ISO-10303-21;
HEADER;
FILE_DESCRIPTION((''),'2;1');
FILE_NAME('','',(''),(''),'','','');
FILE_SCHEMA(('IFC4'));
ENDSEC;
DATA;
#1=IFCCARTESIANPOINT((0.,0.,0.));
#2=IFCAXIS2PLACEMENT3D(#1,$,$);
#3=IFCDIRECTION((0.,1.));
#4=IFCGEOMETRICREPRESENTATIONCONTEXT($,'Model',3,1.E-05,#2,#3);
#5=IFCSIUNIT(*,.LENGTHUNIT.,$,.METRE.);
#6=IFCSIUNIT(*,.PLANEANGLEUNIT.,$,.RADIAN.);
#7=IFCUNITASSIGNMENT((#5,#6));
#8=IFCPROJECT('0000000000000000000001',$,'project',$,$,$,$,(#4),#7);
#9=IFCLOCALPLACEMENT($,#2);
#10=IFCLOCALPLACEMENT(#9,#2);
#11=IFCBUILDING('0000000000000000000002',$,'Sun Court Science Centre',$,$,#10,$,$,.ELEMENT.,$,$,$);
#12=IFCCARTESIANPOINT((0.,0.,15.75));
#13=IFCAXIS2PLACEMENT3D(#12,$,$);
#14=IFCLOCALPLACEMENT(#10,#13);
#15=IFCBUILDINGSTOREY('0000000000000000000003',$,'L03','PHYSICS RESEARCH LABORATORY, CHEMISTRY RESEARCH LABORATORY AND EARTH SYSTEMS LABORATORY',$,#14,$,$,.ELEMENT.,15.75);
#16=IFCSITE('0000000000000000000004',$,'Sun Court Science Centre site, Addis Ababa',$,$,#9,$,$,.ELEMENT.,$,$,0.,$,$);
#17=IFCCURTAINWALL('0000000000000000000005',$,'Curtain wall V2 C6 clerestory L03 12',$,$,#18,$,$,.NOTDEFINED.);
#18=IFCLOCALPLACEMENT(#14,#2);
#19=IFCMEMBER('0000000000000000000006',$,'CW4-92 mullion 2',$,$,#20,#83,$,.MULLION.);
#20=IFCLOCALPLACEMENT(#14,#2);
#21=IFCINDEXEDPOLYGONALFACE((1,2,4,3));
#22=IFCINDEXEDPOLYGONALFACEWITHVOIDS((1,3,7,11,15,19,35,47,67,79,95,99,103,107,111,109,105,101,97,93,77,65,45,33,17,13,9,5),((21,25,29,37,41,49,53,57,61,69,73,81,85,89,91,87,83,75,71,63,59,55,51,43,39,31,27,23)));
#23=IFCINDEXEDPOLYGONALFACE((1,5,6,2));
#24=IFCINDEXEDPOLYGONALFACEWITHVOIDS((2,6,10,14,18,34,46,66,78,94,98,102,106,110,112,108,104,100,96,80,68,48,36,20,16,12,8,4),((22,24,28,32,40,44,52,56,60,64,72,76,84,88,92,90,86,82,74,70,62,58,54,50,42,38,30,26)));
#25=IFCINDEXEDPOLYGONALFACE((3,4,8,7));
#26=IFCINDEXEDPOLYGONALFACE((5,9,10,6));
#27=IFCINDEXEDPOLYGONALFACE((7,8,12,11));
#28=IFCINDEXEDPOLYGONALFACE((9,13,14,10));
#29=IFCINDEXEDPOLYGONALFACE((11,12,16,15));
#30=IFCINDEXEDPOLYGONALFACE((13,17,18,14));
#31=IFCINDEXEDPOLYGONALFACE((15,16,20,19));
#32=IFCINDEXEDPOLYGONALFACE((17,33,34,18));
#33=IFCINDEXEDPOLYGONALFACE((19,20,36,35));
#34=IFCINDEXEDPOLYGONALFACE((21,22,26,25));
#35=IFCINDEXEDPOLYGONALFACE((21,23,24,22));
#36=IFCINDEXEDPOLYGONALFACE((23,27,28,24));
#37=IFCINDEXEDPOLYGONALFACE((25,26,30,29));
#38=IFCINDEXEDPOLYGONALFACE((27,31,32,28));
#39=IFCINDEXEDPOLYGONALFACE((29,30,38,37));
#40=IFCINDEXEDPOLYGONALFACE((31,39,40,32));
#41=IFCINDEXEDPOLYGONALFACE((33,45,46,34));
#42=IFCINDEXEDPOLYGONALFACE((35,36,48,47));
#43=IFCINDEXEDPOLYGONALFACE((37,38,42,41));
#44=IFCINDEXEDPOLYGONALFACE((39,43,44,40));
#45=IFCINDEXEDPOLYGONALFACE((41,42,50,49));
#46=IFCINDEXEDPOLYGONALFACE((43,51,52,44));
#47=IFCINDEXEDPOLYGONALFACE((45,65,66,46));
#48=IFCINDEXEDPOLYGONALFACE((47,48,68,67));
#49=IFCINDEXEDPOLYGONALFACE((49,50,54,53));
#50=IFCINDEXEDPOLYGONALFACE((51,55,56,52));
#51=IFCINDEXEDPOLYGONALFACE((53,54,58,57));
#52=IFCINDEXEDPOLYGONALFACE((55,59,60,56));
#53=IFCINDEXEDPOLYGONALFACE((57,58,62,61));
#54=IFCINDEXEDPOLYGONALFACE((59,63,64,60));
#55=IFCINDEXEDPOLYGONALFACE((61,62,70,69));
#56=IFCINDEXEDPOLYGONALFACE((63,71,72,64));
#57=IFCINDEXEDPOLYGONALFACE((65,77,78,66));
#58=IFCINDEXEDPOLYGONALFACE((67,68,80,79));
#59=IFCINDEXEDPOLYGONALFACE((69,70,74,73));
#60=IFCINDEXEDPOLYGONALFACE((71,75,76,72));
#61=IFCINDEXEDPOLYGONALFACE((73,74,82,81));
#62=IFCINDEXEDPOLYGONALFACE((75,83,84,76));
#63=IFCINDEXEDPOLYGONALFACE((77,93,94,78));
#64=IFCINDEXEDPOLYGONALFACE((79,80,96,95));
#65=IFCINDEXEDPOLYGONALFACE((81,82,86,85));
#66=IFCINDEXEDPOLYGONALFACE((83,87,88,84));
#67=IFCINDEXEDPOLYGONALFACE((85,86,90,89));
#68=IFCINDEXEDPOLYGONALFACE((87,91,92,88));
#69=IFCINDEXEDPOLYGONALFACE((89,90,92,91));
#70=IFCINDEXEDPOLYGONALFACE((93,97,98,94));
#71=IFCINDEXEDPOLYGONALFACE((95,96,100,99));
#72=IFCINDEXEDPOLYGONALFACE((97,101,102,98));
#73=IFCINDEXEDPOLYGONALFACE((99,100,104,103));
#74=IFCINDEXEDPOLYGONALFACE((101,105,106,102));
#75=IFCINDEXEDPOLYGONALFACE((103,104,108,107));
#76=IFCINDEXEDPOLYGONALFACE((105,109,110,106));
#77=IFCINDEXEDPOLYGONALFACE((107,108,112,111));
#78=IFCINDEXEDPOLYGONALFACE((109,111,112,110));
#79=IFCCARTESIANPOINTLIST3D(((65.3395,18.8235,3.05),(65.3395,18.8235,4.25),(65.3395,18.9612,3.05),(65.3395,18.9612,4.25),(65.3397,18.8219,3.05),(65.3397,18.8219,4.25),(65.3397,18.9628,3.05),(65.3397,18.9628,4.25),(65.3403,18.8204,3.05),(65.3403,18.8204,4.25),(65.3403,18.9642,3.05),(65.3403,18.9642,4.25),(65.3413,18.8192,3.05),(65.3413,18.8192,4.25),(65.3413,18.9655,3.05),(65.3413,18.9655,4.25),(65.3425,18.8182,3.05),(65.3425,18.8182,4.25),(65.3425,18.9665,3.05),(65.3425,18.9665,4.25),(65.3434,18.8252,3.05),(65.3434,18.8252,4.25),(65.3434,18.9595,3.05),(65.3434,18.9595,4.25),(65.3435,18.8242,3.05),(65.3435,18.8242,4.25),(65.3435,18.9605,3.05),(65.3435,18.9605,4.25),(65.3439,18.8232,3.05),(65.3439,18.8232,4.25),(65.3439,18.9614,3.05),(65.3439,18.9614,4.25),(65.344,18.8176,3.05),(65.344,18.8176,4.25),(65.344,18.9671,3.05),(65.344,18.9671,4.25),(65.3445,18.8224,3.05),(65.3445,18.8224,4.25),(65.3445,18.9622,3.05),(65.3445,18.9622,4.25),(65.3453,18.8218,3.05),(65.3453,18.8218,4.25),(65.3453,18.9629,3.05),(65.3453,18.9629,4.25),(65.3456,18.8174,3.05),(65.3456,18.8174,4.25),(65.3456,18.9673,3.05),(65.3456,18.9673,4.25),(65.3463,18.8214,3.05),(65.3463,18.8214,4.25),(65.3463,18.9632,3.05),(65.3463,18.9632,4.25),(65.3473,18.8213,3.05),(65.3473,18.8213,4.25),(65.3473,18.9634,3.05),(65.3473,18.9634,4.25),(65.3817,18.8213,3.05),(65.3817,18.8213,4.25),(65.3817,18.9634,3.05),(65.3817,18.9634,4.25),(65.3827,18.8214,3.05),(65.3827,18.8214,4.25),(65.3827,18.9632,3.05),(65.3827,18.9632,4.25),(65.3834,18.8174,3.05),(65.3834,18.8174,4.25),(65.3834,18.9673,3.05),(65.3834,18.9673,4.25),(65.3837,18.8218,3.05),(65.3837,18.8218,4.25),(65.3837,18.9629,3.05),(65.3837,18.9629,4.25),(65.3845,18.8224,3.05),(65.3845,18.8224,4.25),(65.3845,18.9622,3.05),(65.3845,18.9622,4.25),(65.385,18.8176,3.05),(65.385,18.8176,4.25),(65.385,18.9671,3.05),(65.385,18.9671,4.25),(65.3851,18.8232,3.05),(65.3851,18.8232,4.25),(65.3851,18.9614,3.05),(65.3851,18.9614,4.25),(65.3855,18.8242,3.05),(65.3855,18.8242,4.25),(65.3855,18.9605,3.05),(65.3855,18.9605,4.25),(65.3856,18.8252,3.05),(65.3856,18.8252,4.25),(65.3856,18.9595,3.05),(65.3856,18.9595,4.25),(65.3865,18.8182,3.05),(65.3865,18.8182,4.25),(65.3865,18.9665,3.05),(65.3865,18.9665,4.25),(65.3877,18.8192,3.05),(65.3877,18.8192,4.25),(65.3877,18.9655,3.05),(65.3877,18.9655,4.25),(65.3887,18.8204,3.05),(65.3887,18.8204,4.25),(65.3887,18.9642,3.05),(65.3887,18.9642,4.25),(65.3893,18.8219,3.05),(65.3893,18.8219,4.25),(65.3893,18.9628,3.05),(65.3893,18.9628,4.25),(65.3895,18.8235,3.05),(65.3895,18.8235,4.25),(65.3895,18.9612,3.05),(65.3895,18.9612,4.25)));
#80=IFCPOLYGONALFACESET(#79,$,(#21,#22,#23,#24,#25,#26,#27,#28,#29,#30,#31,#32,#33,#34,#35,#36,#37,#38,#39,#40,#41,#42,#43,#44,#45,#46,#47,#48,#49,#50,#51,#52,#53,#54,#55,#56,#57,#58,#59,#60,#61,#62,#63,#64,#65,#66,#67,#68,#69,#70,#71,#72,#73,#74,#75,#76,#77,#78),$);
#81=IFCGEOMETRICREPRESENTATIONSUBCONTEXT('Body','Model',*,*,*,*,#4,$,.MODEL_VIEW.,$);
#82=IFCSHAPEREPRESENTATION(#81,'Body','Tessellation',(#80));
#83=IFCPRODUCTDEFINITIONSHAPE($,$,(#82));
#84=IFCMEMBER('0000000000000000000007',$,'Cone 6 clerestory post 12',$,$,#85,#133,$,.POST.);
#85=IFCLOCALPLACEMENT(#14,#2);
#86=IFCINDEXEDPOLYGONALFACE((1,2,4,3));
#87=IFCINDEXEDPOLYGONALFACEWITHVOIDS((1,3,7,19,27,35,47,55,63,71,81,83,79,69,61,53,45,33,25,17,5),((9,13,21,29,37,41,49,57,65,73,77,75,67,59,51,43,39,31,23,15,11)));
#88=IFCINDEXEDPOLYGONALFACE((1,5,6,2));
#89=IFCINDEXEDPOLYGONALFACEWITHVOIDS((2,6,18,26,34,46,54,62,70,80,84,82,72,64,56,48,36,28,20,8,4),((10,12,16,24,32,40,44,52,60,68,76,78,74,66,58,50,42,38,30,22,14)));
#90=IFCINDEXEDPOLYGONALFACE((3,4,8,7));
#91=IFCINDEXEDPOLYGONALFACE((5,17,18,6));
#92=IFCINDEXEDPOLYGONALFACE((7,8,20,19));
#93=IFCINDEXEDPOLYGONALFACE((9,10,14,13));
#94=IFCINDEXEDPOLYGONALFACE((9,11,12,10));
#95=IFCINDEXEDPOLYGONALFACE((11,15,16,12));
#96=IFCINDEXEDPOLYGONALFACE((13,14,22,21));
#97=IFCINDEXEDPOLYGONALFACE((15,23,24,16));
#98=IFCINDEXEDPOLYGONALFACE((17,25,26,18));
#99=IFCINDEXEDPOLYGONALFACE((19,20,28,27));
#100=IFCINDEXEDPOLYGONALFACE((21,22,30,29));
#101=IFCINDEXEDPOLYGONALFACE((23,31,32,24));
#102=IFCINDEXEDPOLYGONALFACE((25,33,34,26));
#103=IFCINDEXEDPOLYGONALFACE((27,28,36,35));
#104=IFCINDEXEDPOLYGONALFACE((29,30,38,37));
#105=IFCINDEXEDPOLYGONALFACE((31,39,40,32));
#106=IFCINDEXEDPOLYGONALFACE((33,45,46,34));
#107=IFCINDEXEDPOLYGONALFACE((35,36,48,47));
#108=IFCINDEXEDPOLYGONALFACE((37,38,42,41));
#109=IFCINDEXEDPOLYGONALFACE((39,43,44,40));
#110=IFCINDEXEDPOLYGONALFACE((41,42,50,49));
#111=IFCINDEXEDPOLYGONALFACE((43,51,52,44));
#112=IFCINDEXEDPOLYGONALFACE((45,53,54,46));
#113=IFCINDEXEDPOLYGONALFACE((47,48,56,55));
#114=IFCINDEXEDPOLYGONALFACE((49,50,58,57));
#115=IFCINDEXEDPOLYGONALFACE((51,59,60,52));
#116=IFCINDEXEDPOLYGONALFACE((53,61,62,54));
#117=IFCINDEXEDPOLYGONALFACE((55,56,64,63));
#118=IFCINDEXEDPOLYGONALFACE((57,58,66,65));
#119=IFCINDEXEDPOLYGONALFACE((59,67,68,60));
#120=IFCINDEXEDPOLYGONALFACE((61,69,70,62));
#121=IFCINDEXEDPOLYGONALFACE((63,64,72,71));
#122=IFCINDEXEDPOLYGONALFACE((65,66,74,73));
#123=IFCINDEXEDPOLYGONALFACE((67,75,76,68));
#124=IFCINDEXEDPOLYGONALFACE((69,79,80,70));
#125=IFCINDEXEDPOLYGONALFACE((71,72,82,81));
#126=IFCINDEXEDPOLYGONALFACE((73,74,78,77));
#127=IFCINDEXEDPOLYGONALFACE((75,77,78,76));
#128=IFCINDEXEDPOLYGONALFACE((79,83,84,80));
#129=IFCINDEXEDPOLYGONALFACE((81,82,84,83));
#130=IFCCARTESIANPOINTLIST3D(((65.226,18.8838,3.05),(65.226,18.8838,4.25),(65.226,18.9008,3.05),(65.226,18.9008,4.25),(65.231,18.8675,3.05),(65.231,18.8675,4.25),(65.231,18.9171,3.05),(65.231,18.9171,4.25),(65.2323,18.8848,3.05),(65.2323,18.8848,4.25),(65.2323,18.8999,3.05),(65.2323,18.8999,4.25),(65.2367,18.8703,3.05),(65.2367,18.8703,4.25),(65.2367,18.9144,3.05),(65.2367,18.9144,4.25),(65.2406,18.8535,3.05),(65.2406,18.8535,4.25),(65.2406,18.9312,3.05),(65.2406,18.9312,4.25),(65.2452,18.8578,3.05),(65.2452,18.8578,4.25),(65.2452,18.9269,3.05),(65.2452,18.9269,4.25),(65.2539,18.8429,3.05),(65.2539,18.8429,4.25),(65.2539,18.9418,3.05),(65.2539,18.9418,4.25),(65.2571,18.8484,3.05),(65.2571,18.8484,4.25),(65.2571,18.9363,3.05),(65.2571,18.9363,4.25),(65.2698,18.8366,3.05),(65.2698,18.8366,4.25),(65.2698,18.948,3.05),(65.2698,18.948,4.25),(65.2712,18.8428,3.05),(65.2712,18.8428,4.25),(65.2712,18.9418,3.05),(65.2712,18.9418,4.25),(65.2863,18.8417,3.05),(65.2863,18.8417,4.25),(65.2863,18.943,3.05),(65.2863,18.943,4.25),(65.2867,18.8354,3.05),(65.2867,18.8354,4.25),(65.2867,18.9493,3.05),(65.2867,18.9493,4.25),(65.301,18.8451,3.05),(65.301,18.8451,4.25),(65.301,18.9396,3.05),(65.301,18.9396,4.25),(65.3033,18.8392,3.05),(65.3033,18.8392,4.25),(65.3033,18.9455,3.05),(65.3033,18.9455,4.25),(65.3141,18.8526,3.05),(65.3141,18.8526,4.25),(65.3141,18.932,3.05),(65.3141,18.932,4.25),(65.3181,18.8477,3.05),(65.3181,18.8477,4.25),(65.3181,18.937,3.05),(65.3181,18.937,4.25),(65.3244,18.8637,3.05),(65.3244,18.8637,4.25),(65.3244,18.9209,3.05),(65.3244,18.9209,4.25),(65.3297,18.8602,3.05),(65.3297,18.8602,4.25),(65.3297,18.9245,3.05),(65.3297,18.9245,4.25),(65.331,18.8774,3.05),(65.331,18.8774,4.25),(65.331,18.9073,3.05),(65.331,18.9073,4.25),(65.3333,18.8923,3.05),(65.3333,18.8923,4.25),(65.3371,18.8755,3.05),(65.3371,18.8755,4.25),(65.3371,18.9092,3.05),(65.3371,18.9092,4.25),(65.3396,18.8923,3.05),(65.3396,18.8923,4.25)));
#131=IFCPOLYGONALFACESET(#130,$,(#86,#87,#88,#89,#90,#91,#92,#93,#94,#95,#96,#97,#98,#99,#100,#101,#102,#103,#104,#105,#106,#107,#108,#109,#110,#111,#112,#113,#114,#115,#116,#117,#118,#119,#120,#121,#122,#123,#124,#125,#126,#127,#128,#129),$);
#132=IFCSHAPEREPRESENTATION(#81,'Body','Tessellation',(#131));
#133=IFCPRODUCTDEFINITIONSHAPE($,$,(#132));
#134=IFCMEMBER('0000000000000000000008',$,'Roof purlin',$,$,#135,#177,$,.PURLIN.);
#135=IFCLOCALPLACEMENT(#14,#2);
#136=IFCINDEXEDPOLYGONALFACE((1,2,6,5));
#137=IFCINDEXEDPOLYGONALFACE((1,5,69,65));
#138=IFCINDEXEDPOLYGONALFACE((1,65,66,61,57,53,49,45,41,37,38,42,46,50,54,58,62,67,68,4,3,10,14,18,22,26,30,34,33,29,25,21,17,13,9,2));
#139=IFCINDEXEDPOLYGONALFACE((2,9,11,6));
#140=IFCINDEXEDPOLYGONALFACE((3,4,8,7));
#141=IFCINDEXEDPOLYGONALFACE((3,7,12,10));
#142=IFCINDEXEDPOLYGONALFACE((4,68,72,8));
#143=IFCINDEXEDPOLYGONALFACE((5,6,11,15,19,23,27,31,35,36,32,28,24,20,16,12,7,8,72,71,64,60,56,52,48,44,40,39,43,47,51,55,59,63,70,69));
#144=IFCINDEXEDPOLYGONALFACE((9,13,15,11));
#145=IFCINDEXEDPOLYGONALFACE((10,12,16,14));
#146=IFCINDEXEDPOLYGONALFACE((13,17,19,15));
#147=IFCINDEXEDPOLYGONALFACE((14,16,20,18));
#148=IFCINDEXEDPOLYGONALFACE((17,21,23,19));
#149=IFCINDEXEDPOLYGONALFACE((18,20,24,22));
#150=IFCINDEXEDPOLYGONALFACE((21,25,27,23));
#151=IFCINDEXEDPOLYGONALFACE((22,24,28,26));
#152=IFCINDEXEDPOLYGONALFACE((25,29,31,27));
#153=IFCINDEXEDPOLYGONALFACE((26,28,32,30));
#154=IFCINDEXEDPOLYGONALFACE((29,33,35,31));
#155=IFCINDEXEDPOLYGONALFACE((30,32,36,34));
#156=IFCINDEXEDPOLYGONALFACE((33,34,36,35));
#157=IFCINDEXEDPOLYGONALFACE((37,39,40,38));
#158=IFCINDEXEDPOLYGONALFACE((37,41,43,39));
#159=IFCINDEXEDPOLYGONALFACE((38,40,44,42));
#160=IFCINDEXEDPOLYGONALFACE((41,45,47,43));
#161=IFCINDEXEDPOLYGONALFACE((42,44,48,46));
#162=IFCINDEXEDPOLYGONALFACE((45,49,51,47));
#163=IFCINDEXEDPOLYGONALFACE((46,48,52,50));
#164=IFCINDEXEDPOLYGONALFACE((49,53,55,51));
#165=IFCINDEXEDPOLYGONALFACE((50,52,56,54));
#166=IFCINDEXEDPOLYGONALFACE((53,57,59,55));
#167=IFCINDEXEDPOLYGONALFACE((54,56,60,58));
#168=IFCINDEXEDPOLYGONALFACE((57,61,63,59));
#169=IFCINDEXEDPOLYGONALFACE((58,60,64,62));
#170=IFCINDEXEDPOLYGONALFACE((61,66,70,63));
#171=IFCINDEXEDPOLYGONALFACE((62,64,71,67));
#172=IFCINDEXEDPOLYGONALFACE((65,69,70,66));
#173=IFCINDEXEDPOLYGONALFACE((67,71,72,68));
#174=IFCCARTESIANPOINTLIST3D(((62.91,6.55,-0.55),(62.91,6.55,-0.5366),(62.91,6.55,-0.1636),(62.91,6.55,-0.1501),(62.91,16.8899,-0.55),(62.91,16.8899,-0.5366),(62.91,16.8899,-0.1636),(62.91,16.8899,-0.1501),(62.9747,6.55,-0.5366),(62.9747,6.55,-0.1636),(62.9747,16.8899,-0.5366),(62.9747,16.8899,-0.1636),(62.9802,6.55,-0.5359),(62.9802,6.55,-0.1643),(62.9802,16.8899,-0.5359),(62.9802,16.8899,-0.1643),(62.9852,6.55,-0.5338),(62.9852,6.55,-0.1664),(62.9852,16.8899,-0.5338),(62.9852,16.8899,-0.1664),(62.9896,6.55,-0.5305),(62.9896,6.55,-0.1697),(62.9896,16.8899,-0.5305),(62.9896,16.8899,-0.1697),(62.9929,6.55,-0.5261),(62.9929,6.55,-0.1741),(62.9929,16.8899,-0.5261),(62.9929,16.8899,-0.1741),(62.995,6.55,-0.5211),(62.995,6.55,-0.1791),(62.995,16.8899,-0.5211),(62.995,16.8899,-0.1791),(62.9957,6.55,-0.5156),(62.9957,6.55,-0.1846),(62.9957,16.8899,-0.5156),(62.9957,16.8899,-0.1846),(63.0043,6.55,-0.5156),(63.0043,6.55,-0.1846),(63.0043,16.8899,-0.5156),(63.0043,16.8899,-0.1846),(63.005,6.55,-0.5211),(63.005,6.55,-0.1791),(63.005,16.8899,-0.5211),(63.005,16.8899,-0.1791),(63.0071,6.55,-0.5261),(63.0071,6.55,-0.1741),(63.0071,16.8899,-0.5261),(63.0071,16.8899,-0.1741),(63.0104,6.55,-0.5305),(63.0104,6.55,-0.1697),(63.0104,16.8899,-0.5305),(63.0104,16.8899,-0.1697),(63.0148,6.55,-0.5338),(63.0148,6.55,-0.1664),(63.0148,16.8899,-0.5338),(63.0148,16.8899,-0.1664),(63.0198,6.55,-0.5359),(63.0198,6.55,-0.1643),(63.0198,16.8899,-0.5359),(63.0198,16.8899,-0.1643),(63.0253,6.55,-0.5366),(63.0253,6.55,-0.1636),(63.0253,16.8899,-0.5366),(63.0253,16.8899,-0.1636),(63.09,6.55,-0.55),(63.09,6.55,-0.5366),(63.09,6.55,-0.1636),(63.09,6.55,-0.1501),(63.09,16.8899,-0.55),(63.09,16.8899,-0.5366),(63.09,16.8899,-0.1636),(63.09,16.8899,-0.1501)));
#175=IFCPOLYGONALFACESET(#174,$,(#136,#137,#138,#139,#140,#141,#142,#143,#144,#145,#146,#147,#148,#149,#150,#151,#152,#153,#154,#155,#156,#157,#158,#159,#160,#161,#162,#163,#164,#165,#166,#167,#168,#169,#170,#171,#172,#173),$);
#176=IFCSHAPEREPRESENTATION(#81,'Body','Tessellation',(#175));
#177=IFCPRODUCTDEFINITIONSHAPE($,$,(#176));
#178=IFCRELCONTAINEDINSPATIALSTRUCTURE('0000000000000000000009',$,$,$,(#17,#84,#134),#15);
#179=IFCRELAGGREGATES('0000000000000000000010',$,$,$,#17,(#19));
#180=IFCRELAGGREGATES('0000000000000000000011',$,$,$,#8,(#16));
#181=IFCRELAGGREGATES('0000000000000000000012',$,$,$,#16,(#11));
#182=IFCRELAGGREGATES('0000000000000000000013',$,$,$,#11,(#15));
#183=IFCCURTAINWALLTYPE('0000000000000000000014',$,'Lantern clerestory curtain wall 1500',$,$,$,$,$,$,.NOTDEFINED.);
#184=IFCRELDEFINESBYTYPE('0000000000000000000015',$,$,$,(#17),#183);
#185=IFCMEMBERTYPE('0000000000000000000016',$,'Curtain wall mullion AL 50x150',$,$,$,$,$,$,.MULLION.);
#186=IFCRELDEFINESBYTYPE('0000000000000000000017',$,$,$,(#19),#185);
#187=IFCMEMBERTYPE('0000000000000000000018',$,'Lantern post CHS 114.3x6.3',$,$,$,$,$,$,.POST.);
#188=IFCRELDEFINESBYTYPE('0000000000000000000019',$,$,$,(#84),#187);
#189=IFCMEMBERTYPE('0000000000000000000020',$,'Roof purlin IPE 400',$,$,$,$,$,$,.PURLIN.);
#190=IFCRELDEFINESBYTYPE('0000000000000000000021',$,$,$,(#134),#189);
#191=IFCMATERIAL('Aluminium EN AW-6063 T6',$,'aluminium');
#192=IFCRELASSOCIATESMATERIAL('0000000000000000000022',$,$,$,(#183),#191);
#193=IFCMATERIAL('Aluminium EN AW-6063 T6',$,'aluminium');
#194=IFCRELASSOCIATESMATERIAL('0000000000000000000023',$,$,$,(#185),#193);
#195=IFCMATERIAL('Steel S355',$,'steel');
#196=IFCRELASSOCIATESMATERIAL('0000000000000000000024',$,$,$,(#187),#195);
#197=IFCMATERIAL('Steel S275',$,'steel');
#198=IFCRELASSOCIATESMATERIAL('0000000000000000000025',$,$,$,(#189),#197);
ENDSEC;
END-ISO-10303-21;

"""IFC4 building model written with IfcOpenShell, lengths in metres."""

from ifc_helpers import new_model, si_unit, direction, frame, origin, origin_2d, place, context, subcontext, project, spatial, hollow_rectangle, hollow_circle, i_section, extrude, material, material_profile, profile_set, type_object, element, aggregate, save


model = new_model("IFC4")

# Units and contexts
model_context = context("Model", 3, precision=1e-05, world=origin(), true_north=direction((0.0, 1.0)))
body_context = subcontext(model_context, "Body", "Model", "MODEL_VIEW")
ifc_project = project(units=[si_unit("LENGTHUNIT", "METRE"), si_unit("PLANEANGLEUNIT", "RADIAN")], contexts=[model_context])

# Site, building, storey
site_placement = place(None, origin())
site = spatial("IfcSite", under=ifc_project, at=site_placement, Name="Sun Court Science Centre site, Addis Ababa", CompositionType="ELEMENT", RefElevation=0.0)
building_placement = place(site_placement, origin())
building = spatial("IfcBuilding", under=site, at=building_placement, Name="Sun Court Science Centre", CompositionType="ELEMENT")
storey_placement = place(building_placement, frame((0.0, 0.0, 15.75)))
storey = spatial("IfcBuildingStorey", under=building, at=storey_placement, Name="L03", Description="PHYSICS RESEARCH LABORATORY, CHEMISTRY RESEARCH LABORATORY AND EARTH SYSTEMS LABORATORY", CompositionType="ELEMENT", Elevation=15.75)

# Curtain wall, member
ifc_material_1 = material(Name="Aluminium EN AW-6063 T6", Category="aluminium")
curtain_wall_type = type_object("IfcCurtainWallType", Name="Lantern clerestory curtain wall 1500", PredefinedType="NOTDEFINED", material=ifc_material_1)
curtain_wall_placement = place(storey_placement, origin())
curtain_wall = element("IfcCurtainWall", 1, at=curtain_wall_placement, inside=storey, type_object=curtain_wall_type, Name="Curtain wall V2 C6 clerestory L03 12", PredefinedType="NOTDEFINED")
ifc_material_2 = material(Name="Aluminium EN AW-6063 T6", Category="aluminium")
ifc_material_profile_1 = material_profile(ifc_material_2, hollow_rectangle(XDim=0.05, YDim=0.1499, WallThickness=0.0039, InnerFilletRadius=0.0039, OuterFilletRadius=0.0061, at=origin_2d()), Name="AL 50x150x4")
ifc_profile_set_1 = profile_set([ifc_material_profile_1], Name="Aluminium EN AW-6063 T6")
member_type_1 = type_object("IfcMemberType", Name="Curtain wall mullion AL 50x150", PredefinedType="MULLION", material=ifc_profile_set_1)
member_1_placement = place(storey_placement, frame((65.3645, 18.8923, 3.05), z_axis=(0.0, 0.0, 1.0), x_axis=(-1.0, 0.0, 0.0)))
member_1 = element("IfcMember", 2, at=member_1_placement, type_object=member_type_1, Name="CW4-92 mullion 2", PredefinedType="MULLION", context=body_context, shape_type="SweptSolid", body=[
    extrude(hollow_rectangle(XDim=0.05, YDim=0.1499, WallThickness=0.0039, InnerFilletRadius=0.0039, OuterFilletRadius=0.0061, at=origin_2d()), origin(), (0.0, 0.0, 1.0), 1.2),
])

# Members
ifc_material_3 = material(Name="Steel S355", Category="steel")
ifc_material_profile_2 = material_profile(ifc_material_3, hollow_circle(Radius=0.0571, WallThickness=0.0063, at=origin_2d()), Name="CHS 114.3x6.3")
ifc_profile_set_2 = profile_set([ifc_material_profile_2], Name="Steel S355")
member_type_2 = type_object("IfcMemberType", Name="Lantern post CHS 114.3x6.3", PredefinedType="POST", material=ifc_profile_set_2)
member_2_placement = place(storey_placement, frame((65.2825, 18.8923, 3.05), z_axis=(0.0, 0.0, 1.0), x_axis=(1.0, 0.0, 0.0)))
element("IfcMember", 3, at=member_2_placement, inside=storey, type_object=member_type_2, Name="Cone 6 clerestory post 12", PredefinedType="POST", context=body_context, shape_type="SweptSolid", body=[
    extrude(hollow_circle(Radius=0.0571, WallThickness=0.0063, at=origin_2d()), origin(), (0.0, 0.0, 1.0), 1.2),
])
ifc_material_4 = material(Name="Steel S275", Category="steel")
ifc_material_profile_3 = material_profile(ifc_material_4, i_section(OverallWidth=0.1799, OverallDepth=0.3999, WebThickness=0.0085, FlangeThickness=0.0134, FilletRadius=0.021, at=origin_2d()), Name="IPE 400")
ifc_profile_set_3 = profile_set([ifc_material_profile_3], Name="Steel S275")
member_type_3 = type_object("IfcMemberType", Name="Roof purlin IPE 400", PredefinedType="PURLIN", material=ifc_profile_set_3)
member_3_placement = place(storey_placement, frame((63.0, 6.55, -0.3501), z_axis=(0.0, 1.0, 0.0), x_axis=(-1.0, 0.0, 0.0)))
element("IfcMember", 4, at=member_3_placement, inside=storey, type_object=member_type_3, Name="Roof purlin", PredefinedType="PURLIN", context=body_context, shape_type="SweptSolid", body=[
    extrude(i_section(OverallWidth=0.1799, OverallDepth=0.3999, WebThickness=0.0085, FlangeThickness=0.0134, FilletRadius=0.021, at=origin_2d()), origin(), (0.0, 0.0, 1.0), 10.3398),
])

aggregate(curtain_wall, [member_1])

save(model, "model.ifc")
